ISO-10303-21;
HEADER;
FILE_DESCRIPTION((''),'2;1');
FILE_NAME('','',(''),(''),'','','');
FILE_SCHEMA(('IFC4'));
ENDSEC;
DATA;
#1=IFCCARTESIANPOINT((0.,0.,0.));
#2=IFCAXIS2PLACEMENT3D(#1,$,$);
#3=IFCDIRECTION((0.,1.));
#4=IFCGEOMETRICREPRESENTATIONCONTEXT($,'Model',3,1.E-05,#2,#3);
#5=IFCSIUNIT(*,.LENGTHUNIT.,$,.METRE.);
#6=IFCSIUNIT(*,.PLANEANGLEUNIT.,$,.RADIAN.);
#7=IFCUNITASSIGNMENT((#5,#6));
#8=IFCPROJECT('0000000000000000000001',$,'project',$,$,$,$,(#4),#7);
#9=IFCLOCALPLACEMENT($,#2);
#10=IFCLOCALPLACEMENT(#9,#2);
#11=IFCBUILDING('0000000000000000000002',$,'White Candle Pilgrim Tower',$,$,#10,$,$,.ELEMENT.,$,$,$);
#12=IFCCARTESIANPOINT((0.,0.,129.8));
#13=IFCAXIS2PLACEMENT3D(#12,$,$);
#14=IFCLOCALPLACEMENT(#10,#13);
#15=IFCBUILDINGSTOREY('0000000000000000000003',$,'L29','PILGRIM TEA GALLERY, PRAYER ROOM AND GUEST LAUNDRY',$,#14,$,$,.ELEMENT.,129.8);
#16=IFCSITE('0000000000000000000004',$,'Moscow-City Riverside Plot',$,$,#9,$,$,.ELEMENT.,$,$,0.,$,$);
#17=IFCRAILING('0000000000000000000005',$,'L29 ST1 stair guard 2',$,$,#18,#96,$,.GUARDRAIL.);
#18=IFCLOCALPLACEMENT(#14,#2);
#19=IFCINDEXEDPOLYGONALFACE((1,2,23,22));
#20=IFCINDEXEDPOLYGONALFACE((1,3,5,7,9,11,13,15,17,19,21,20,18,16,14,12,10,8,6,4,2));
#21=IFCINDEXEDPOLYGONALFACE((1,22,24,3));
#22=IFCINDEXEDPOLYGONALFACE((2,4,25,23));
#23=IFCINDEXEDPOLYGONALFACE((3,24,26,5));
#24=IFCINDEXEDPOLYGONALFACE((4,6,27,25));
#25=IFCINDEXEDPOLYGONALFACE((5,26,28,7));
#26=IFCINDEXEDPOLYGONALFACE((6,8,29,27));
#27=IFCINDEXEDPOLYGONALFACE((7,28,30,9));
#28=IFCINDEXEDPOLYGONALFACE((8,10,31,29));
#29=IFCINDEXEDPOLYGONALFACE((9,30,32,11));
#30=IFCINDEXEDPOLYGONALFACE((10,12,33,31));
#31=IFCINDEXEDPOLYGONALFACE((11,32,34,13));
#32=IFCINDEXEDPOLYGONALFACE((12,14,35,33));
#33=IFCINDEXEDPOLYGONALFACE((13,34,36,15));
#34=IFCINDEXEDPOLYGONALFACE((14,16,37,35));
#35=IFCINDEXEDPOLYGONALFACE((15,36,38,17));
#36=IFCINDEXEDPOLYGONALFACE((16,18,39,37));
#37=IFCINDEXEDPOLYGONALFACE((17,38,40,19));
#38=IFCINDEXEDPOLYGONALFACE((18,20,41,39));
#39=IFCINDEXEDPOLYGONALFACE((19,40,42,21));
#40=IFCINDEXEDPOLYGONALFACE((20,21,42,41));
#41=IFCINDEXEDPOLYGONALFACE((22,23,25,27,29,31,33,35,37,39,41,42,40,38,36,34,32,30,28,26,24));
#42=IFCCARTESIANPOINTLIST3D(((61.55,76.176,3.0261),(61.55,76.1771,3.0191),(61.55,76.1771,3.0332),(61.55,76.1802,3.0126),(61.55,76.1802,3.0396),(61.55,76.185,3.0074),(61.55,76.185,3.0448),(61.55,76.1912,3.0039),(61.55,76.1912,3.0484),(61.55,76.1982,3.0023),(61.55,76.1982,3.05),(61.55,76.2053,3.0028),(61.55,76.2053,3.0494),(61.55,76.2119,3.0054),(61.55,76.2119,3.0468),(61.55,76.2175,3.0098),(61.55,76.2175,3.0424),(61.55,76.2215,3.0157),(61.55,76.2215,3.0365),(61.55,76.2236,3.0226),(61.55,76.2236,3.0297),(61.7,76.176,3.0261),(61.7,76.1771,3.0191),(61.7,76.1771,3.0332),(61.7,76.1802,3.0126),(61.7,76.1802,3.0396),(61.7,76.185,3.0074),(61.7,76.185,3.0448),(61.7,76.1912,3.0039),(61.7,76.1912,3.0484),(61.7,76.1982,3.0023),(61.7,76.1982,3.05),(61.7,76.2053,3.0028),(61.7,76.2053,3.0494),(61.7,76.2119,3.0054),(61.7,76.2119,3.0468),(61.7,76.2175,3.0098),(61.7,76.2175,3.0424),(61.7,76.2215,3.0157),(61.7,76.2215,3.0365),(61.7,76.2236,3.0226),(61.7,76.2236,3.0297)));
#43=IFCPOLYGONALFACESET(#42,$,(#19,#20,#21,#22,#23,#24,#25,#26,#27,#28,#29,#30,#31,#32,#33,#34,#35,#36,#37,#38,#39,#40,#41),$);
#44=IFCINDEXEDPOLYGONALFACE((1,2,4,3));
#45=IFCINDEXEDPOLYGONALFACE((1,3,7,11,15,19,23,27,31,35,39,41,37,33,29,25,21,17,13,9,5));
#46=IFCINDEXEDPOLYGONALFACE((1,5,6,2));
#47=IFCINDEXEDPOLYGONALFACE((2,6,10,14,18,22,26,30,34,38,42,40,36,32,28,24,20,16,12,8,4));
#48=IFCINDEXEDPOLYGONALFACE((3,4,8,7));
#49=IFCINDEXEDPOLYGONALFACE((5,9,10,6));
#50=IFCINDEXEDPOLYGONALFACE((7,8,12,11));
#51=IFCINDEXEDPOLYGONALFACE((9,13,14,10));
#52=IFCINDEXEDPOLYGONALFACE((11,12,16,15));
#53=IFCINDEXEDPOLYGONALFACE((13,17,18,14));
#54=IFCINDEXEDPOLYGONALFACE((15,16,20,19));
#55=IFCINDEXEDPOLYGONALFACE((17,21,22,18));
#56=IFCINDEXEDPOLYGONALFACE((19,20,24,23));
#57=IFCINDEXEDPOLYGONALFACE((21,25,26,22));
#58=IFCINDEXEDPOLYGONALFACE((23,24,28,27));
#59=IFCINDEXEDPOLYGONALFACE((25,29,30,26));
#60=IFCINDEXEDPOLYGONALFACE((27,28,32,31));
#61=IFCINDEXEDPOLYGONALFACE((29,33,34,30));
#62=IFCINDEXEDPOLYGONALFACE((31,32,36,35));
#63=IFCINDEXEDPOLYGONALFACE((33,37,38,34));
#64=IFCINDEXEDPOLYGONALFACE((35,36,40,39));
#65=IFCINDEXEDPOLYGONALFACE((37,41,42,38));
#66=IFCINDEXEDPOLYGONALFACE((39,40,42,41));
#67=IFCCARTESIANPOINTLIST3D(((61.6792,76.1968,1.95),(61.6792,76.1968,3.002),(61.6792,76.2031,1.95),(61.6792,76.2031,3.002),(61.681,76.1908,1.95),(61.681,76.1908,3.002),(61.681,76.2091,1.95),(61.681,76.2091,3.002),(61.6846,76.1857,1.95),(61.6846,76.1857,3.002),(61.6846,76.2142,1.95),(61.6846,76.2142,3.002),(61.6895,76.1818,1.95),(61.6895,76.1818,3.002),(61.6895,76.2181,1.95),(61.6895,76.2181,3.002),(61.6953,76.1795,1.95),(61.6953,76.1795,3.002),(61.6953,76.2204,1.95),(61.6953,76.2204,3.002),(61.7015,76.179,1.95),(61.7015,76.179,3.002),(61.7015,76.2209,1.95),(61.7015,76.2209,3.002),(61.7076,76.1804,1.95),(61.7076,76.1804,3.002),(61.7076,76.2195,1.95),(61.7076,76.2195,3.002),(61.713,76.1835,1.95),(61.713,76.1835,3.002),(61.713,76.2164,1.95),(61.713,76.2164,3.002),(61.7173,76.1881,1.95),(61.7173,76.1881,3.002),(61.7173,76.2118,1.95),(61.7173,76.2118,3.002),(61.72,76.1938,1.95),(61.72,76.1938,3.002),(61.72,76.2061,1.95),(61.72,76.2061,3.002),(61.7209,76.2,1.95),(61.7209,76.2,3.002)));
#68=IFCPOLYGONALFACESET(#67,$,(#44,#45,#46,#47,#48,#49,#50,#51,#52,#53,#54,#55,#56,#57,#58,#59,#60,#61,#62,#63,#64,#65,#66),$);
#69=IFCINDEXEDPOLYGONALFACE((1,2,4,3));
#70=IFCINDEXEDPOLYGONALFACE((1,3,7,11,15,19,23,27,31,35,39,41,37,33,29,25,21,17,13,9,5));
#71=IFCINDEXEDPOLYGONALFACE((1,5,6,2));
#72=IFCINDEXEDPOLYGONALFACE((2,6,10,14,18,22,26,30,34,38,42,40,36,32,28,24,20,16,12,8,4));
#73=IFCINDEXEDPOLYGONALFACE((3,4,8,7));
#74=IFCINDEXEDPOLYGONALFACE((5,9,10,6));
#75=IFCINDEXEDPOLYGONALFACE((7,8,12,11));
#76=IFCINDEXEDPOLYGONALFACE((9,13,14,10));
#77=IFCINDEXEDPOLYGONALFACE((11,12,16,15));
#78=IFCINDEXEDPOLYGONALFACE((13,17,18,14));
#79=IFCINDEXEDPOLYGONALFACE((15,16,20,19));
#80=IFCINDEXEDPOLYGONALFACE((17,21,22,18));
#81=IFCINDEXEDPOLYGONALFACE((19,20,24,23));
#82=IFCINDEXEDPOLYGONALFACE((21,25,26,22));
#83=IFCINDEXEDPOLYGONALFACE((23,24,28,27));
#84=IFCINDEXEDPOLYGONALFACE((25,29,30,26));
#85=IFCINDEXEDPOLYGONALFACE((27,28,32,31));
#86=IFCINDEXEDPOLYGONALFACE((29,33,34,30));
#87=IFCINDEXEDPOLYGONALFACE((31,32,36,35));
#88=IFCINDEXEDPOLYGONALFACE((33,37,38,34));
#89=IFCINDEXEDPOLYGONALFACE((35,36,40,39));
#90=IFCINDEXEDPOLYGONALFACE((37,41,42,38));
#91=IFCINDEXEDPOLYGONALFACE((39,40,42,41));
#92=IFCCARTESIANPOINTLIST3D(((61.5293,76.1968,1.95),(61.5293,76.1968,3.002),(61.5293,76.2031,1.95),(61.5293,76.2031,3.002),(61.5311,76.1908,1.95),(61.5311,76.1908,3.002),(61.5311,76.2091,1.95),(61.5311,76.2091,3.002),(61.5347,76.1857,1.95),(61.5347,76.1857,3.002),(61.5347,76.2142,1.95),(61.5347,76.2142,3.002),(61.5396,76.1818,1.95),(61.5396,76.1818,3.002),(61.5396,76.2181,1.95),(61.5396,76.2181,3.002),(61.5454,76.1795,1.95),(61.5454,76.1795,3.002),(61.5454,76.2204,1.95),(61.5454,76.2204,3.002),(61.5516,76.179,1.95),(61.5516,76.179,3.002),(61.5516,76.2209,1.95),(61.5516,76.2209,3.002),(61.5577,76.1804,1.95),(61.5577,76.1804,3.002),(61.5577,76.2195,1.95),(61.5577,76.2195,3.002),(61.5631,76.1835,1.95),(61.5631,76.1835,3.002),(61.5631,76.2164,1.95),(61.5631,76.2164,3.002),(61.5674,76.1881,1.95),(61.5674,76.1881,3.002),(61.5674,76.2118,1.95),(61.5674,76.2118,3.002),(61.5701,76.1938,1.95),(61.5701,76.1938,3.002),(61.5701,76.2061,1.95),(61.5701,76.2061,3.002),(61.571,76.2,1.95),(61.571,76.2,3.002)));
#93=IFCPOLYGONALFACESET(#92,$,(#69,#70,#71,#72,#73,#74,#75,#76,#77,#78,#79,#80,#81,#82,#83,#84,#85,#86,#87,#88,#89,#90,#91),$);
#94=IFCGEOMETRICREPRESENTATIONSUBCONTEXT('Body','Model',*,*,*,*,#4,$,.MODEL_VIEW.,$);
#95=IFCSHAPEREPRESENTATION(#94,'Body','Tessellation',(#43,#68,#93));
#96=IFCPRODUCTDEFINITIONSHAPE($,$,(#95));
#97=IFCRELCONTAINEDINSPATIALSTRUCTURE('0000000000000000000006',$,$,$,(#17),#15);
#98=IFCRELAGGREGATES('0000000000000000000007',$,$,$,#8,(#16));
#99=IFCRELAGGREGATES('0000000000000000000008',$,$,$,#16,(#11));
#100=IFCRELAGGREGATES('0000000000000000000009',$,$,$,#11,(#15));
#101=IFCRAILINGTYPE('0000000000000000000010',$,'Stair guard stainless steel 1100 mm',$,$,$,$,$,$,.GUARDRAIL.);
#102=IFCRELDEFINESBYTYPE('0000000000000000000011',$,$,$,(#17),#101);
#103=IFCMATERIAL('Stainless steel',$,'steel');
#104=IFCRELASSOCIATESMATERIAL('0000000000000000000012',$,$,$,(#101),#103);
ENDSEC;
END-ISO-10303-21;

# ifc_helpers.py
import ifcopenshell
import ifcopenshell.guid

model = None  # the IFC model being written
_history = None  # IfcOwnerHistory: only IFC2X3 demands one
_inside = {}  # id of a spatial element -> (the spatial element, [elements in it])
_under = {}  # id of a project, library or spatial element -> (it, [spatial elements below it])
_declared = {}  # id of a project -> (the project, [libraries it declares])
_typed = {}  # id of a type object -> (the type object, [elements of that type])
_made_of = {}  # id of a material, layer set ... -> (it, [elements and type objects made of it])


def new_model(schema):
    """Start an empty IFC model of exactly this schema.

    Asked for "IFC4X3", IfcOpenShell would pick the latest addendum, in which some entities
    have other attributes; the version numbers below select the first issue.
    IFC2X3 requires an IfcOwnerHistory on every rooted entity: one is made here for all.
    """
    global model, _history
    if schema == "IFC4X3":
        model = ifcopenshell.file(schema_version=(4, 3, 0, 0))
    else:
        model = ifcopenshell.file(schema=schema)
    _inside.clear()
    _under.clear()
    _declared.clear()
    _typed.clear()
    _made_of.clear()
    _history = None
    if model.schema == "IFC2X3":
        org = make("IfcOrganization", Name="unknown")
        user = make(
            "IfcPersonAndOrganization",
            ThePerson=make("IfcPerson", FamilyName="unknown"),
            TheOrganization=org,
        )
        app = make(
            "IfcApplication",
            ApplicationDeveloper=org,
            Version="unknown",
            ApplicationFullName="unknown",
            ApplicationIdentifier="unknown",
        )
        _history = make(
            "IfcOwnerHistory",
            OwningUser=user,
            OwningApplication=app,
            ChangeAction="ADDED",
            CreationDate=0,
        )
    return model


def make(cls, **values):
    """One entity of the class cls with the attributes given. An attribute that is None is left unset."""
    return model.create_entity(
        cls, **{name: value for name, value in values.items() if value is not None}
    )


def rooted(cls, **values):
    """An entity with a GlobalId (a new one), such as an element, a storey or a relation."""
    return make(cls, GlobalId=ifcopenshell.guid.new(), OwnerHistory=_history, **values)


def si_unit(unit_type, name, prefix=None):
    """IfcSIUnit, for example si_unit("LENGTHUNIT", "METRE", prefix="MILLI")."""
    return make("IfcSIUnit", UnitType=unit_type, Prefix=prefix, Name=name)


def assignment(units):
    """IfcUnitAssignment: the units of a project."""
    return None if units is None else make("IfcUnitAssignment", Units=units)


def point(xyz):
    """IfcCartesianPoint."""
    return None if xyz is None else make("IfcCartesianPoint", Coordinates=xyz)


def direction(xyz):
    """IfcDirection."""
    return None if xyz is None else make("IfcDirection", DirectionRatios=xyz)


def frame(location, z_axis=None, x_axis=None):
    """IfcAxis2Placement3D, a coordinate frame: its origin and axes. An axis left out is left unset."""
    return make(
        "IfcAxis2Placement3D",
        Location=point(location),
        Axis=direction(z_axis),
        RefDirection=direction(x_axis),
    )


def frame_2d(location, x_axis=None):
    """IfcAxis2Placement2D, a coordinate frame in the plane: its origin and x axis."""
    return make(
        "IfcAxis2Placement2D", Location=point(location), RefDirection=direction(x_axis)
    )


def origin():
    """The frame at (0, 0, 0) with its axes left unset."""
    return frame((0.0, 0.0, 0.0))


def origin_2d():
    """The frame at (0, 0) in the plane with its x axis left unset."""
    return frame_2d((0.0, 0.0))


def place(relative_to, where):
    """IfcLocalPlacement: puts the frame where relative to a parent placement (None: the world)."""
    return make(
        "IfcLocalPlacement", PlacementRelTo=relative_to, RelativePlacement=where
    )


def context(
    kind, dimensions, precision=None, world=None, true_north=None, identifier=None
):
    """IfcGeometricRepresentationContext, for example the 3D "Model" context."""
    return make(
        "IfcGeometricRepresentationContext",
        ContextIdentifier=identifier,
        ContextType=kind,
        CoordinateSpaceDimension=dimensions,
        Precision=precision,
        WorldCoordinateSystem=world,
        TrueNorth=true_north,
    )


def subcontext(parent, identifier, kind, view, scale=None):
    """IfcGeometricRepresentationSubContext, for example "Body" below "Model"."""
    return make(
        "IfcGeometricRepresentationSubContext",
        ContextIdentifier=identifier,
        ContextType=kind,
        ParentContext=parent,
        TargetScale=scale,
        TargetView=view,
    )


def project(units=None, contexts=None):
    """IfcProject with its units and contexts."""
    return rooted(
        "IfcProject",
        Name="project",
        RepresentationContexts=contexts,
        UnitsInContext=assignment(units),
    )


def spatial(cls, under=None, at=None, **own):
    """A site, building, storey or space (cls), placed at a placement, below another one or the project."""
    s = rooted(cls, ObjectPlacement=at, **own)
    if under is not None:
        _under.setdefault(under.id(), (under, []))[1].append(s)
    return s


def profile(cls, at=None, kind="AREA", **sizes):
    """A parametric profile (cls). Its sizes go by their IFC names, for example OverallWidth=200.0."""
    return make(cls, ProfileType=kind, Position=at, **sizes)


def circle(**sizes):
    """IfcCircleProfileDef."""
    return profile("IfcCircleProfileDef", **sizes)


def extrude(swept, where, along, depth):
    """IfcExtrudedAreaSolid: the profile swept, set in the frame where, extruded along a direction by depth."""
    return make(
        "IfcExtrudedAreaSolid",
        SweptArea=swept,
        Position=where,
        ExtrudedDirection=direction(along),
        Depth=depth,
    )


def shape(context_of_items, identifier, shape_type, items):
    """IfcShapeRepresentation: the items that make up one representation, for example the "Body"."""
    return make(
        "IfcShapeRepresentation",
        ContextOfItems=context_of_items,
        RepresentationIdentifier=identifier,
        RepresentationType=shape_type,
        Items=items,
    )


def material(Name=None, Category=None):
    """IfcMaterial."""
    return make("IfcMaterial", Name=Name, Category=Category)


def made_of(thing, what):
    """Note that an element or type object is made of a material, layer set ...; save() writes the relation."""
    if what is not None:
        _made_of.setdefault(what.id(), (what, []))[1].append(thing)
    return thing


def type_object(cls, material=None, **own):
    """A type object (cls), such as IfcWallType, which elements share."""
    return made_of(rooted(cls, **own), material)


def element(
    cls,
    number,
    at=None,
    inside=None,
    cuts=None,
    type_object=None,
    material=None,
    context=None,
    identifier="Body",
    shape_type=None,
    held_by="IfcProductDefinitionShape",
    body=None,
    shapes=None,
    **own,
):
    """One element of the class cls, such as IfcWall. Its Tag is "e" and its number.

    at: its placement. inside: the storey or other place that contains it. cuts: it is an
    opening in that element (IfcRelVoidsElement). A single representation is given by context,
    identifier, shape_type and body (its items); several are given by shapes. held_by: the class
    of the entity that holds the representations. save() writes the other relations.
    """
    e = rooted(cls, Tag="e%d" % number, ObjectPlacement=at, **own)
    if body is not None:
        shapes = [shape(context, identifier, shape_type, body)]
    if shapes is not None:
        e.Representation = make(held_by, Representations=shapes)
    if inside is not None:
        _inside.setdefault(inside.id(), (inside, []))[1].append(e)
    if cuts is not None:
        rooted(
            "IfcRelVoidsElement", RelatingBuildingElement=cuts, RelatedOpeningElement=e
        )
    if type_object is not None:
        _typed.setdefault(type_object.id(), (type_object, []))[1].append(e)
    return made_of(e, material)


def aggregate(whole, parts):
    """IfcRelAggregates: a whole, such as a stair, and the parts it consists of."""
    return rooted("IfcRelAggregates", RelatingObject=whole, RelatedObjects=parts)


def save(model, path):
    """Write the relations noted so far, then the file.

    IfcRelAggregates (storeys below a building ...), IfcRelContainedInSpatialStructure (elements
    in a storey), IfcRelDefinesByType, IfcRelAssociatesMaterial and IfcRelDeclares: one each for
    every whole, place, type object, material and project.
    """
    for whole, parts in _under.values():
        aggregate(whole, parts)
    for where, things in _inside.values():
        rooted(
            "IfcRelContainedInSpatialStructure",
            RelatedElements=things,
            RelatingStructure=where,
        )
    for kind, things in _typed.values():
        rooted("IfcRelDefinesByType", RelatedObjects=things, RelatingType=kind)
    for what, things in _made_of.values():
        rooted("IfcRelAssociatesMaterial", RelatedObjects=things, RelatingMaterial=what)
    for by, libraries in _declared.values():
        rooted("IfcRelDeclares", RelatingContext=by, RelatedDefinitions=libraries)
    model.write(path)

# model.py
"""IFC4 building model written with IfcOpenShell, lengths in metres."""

from ifc_helpers import new_model, si_unit, direction, frame, origin, origin_2d, place, context, subcontext, project, spatial, circle, extrude, material, type_object, element, save


model = new_model("IFC4")

# Units and contexts
model_context = context("Model", 3, precision=1e-05, world=origin(), true_north=direction((0.0, 1.0)))
body_context = subcontext(model_context, "Body", "Model", "MODEL_VIEW")
ifc_project = project(units=[si_unit("LENGTHUNIT", "METRE"), si_unit("PLANEANGLEUNIT", "RADIAN")], contexts=[model_context])

# Site, building, storey
site_placement = place(None, origin())
site = spatial("IfcSite", under=ifc_project, at=site_placement, Name="Moscow-City Riverside Plot", CompositionType="ELEMENT", RefElevation=0.0)
building_placement = place(site_placement, origin())
building = spatial("IfcBuilding", under=site, at=building_placement, Name="White Candle Pilgrim Tower", CompositionType="ELEMENT")
storey_placement = place(building_placement, frame((0.0, 0.0, 129.8)))
storey = spatial("IfcBuildingStorey", under=building, at=storey_placement, Name="L29", Description="PILGRIM TEA GALLERY, PRAYER ROOM AND GUEST LAUNDRY", CompositionType="ELEMENT", Elevation=129.8)

# Railing
ifc_material_1 = material(Name="Stainless steel", Category="steel")
railing_type_1 = type_object("IfcRailingType", Name="Stair guard stainless steel 1100 mm", PredefinedType="GUARDRAIL", material=ifc_material_1)
railing_1_placement = place(storey_placement, frame((61.7, 76.2, 1.95)))
element("IfcRailing", 1, at=railing_1_placement, inside=storey, type_object=railing_type_1, Name="L29 ST1 stair guard 2", PredefinedType="GUARDRAIL", context=body_context, shape_type="SweptSolid", body=[
    extrude(circle(Radius=0.0239, at=origin_2d()), frame((0.0, 0.0, 1.0762), z_axis=(-1.0, 0.0, 0.0), x_axis=(0.0, -1.0, 0.0)), (0.0, 0.0, 1.0), 0.1499),
    extrude(circle(Radius=0.021, at=origin_2d()), origin(), (0.0, 0.0, 1.0), 1.052),
    extrude(circle(Radius=0.021, at=origin_2d()), frame((-0.1499, 0.0, 0.0)), (0.0, 0.0, 1.0), 1.052),
])

save(model, "model.ifc")
